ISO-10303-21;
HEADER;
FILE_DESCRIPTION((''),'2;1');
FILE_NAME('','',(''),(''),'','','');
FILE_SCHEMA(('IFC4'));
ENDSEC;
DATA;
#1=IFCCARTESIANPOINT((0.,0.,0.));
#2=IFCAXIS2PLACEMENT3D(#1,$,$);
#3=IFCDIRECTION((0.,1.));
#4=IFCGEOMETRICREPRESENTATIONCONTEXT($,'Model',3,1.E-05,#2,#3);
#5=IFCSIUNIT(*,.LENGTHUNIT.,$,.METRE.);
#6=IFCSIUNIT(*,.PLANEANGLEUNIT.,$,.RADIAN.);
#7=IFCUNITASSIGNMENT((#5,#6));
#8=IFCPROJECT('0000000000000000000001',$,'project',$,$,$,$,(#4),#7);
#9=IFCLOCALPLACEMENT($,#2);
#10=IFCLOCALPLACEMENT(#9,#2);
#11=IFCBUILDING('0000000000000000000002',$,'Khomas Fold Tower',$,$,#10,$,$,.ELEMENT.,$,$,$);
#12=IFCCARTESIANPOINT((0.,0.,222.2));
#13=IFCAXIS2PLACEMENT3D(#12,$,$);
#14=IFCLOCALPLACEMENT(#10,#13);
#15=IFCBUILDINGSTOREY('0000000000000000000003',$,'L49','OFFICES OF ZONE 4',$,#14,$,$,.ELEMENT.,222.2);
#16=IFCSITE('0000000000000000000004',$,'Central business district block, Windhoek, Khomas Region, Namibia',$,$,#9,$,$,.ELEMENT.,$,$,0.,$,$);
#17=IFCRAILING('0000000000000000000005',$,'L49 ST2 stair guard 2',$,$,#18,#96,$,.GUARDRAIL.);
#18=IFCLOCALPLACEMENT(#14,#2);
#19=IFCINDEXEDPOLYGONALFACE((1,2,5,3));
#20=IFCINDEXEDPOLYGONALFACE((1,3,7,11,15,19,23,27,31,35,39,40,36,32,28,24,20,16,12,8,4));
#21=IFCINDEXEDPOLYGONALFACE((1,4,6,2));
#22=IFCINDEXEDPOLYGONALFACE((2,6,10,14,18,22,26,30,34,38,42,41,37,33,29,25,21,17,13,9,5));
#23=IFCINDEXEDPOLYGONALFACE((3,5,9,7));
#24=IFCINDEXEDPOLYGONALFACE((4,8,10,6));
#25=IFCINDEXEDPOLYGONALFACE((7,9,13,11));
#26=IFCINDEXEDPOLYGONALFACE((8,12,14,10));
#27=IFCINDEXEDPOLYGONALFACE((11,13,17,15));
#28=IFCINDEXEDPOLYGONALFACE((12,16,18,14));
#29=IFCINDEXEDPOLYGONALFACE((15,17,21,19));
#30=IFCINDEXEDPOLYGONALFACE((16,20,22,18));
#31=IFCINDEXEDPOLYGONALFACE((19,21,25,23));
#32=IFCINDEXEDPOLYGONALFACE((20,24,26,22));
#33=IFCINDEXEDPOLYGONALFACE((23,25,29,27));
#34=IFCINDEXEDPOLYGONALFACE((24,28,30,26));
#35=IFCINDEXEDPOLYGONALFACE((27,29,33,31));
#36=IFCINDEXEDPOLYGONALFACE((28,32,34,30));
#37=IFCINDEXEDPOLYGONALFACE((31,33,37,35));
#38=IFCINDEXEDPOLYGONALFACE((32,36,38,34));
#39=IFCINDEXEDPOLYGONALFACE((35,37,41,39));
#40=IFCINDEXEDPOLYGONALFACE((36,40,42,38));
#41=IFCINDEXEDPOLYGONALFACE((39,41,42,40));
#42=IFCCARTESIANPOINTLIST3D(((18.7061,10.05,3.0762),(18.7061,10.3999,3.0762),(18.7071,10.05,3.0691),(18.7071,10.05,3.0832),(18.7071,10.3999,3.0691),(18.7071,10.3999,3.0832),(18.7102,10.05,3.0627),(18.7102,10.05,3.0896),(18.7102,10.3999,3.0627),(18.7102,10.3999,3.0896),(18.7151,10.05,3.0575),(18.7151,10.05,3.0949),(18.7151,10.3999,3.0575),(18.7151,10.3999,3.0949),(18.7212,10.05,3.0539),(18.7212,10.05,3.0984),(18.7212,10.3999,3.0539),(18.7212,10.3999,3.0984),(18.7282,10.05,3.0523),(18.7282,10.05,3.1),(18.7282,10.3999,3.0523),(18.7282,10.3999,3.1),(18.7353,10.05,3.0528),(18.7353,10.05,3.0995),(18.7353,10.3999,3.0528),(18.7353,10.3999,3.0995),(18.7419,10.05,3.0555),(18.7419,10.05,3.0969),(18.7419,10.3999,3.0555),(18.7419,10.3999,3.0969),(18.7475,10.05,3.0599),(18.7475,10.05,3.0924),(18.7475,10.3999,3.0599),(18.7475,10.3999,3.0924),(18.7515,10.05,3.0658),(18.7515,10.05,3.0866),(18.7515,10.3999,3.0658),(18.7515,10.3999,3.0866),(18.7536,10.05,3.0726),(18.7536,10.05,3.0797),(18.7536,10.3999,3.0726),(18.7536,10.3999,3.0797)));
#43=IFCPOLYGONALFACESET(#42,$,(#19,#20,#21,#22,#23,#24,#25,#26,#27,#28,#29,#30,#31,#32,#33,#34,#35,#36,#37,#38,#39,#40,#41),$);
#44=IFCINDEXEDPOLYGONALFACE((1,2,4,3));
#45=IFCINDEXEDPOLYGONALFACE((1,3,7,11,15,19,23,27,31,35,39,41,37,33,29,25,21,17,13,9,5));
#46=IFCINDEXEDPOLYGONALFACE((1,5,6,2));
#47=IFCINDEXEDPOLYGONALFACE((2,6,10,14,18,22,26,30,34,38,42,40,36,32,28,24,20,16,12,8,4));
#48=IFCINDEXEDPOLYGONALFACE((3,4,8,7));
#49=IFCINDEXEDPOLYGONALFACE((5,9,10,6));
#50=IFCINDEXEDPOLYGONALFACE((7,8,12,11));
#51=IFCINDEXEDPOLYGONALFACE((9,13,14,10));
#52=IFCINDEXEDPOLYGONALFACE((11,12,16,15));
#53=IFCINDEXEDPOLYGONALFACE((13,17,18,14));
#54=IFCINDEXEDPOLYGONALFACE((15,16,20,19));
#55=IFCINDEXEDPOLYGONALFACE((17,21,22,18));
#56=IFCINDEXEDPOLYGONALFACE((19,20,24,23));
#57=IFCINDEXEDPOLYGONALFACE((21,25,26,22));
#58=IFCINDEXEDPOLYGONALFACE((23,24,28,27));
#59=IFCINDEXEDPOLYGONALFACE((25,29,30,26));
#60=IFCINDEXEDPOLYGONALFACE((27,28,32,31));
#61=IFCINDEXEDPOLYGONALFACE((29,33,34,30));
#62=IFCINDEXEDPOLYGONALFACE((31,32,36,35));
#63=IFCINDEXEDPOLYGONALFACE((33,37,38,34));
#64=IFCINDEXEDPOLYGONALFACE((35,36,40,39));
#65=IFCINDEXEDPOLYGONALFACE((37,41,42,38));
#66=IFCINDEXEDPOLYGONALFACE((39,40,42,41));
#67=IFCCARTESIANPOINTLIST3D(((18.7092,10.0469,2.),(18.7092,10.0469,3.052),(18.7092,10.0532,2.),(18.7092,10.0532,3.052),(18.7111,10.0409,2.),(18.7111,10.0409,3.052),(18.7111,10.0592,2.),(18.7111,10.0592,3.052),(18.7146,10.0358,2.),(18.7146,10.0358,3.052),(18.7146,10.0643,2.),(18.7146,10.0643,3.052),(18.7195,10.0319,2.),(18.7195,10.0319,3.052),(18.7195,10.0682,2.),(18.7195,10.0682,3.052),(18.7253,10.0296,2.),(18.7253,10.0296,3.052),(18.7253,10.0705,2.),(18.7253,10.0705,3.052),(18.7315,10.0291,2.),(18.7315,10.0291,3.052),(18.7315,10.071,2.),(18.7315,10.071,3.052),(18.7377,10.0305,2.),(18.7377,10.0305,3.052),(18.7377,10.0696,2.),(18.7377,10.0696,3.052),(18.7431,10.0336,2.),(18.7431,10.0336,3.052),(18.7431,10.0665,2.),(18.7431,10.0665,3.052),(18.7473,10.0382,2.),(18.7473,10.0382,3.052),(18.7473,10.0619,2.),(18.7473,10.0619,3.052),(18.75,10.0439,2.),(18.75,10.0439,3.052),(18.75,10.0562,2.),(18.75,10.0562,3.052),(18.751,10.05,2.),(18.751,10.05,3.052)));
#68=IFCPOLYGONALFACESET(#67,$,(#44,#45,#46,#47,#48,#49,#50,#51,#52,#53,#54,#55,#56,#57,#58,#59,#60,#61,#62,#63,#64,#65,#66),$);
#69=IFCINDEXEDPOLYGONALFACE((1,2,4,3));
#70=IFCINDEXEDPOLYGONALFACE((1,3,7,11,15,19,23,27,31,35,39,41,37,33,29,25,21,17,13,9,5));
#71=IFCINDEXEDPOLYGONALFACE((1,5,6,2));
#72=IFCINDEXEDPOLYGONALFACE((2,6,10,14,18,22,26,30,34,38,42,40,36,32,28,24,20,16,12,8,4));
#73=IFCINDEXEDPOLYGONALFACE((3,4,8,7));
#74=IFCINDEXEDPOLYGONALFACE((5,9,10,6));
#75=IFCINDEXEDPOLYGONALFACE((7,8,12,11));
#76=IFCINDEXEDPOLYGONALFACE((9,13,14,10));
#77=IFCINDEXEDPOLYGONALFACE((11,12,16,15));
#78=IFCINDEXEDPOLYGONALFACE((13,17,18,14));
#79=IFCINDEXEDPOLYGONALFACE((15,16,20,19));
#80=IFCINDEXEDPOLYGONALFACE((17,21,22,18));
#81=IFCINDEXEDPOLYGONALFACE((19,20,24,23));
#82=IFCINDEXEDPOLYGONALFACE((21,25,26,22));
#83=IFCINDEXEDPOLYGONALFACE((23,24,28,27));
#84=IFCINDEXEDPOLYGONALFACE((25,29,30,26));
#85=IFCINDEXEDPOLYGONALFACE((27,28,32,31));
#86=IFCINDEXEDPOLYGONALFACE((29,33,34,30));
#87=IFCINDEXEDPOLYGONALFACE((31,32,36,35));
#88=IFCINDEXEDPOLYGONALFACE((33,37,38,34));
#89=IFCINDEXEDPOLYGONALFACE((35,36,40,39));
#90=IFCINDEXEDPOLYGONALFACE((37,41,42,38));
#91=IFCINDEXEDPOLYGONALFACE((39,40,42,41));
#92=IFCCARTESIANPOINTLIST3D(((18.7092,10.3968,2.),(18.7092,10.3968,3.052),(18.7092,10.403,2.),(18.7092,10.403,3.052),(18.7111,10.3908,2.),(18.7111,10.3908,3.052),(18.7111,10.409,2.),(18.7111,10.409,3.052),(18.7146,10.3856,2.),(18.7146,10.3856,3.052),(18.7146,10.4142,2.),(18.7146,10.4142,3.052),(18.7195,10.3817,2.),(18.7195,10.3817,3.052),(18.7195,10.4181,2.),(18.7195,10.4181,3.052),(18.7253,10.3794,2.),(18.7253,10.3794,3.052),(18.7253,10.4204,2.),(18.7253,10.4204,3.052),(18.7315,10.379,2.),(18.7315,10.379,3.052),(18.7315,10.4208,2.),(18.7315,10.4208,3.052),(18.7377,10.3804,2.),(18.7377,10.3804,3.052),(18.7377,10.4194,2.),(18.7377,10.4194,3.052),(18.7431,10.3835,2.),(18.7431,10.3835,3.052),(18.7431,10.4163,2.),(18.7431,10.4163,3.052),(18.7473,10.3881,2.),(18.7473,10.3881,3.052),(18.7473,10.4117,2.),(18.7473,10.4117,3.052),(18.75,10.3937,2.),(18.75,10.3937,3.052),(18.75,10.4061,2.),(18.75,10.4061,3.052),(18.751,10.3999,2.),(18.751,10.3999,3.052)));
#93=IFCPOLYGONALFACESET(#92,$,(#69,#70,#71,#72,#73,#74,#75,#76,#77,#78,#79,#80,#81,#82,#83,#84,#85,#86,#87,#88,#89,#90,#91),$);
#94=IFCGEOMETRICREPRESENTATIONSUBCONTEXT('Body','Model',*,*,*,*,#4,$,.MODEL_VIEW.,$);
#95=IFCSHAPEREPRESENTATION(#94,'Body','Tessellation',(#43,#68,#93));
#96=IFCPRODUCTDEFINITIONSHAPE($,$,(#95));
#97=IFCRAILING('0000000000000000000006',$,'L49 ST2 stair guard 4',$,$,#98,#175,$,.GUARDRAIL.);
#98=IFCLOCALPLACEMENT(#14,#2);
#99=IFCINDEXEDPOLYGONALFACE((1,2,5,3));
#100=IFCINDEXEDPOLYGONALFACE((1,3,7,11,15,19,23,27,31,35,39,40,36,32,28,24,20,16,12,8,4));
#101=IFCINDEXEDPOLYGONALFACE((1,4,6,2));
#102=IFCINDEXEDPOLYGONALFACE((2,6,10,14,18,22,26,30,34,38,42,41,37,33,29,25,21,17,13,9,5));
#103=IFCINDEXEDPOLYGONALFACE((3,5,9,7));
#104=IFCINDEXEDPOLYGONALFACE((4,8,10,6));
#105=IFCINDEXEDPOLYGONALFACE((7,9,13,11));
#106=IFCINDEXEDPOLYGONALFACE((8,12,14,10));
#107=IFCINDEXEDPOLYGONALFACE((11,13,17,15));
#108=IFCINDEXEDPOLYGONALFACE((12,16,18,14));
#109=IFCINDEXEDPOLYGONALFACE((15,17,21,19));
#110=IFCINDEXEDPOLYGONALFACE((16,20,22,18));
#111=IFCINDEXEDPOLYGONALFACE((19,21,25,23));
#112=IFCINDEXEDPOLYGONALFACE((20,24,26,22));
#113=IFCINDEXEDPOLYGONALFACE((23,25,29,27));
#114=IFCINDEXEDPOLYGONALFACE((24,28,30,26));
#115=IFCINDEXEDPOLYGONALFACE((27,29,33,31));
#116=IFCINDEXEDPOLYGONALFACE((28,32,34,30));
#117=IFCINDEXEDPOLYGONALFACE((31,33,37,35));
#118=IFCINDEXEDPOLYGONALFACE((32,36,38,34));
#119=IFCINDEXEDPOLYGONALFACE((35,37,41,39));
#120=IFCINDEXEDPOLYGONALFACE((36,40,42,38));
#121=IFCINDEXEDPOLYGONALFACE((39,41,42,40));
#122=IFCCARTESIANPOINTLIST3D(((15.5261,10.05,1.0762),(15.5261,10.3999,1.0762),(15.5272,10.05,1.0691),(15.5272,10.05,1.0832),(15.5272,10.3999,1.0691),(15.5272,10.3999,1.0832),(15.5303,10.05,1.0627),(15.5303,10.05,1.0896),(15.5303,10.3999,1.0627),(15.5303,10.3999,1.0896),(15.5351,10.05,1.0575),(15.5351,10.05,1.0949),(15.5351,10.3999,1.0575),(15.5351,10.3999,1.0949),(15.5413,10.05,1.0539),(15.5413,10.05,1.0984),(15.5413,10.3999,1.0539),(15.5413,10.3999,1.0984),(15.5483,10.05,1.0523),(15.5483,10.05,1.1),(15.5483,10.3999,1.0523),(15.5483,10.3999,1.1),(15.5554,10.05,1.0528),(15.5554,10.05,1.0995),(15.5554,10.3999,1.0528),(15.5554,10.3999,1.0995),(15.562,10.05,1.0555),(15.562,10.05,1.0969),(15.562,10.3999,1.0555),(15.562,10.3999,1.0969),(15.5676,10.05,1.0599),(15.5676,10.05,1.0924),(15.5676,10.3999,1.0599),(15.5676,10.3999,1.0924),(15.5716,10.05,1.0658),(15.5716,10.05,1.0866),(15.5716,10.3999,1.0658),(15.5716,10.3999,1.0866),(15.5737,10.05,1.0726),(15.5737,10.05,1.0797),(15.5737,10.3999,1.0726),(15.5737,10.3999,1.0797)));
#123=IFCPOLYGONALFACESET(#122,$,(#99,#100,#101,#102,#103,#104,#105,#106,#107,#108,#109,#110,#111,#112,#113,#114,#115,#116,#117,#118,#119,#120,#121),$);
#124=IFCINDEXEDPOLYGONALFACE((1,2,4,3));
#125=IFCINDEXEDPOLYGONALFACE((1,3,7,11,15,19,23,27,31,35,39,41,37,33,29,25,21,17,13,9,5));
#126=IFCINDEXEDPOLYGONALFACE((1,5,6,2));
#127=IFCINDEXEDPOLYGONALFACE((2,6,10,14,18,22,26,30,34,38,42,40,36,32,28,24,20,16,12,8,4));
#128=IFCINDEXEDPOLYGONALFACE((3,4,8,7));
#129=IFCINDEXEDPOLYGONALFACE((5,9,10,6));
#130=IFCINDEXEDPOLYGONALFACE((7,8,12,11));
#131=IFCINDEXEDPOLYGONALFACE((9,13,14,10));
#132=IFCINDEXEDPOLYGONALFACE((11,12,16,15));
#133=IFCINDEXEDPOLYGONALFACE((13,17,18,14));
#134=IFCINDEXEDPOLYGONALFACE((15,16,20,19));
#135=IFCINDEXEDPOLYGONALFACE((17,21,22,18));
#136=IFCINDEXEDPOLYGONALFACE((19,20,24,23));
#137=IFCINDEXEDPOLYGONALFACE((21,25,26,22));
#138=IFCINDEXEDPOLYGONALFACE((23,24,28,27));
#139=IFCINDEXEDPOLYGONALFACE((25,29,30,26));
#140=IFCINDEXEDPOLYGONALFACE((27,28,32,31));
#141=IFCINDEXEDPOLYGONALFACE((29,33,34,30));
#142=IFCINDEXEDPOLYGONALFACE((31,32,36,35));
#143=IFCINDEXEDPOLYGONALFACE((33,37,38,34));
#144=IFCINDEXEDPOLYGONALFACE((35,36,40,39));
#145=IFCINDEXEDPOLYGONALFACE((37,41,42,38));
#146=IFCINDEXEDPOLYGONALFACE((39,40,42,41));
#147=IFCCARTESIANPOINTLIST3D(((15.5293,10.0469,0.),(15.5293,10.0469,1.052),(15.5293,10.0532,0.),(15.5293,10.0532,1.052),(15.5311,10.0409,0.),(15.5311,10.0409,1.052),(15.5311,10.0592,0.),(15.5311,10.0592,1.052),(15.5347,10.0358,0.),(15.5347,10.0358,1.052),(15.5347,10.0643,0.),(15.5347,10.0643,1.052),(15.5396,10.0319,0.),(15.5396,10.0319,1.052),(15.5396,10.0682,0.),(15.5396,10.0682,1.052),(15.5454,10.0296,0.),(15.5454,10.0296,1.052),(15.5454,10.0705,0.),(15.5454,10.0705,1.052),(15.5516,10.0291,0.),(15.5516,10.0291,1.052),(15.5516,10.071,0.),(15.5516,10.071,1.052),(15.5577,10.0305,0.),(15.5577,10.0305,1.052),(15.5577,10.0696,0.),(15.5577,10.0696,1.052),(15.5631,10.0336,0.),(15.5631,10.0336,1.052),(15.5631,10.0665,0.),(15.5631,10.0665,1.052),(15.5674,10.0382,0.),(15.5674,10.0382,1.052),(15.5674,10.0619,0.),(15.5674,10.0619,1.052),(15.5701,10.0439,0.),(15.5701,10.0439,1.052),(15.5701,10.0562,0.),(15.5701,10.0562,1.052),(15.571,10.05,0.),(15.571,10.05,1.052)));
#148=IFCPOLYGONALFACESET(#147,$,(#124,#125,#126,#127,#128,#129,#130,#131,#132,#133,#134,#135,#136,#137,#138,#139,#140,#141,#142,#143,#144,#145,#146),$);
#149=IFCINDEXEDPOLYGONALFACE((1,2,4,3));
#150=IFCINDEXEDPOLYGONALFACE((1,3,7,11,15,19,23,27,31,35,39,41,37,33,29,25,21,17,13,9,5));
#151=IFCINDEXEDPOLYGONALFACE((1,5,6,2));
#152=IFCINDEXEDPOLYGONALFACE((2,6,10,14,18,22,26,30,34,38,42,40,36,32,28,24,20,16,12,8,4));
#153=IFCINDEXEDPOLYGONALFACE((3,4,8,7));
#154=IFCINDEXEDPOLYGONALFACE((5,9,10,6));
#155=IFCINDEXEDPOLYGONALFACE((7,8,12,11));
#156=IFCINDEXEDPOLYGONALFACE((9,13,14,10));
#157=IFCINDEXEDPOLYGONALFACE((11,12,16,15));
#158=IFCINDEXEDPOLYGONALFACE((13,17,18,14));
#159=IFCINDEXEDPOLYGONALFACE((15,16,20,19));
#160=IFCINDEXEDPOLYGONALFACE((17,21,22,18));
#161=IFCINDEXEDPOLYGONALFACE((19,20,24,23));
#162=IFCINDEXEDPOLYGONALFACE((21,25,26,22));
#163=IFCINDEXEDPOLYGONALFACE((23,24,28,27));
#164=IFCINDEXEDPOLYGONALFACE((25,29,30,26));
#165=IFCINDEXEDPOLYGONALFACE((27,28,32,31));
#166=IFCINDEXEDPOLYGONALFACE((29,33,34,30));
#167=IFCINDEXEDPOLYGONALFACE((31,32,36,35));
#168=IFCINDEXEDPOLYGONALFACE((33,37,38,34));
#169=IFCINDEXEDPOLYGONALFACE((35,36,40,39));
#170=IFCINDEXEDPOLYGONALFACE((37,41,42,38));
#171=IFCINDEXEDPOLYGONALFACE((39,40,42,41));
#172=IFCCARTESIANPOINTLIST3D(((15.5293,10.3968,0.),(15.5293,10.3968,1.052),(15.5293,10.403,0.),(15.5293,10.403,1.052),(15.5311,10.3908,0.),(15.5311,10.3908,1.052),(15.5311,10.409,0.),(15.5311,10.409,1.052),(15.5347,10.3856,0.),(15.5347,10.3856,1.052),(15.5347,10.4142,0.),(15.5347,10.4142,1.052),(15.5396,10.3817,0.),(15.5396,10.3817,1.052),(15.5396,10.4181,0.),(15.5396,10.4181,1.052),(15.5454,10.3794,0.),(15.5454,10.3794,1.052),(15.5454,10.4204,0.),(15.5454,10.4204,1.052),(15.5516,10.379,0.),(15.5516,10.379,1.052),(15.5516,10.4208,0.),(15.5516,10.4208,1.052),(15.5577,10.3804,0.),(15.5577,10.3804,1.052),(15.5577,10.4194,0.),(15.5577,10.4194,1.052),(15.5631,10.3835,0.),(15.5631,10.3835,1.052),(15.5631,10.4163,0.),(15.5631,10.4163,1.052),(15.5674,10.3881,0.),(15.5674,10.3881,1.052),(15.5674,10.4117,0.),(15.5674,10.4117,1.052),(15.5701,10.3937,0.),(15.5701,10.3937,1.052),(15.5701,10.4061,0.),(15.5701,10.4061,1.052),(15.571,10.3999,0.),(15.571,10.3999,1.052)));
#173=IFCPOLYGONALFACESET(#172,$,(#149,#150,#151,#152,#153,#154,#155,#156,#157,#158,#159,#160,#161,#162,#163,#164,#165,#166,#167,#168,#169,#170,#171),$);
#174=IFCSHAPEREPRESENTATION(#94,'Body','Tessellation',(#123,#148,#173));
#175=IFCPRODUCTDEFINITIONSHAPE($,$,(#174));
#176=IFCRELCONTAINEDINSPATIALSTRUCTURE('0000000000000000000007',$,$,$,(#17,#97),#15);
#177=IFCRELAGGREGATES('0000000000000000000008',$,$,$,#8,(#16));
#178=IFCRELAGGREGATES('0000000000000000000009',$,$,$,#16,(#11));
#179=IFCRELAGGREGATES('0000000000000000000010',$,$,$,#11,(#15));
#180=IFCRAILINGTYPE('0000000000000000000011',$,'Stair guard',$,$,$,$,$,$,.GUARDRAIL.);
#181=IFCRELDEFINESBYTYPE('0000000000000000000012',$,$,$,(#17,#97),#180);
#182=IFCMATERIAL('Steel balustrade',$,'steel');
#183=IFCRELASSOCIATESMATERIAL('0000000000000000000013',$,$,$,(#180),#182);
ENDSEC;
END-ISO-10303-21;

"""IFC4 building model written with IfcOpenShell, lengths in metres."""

from ifc_helpers import new_model, si_unit, direction, frame, origin, origin_2d, place, context, subcontext, project, spatial, circle, extrude, source, transform, mapped, material, type_object, element, save


model = new_model("IFC4")

# Units and contexts
model_context = context("Model", 3, precision=1e-05, world=origin(), true_north=direction((0.0, 1.0)))
body_context = subcontext(model_context, "Body", "Model", "MODEL_VIEW")
ifc_project = project(units=[si_unit("LENGTHUNIT", "METRE"), si_unit("PLANEANGLEUNIT", "RADIAN")], contexts=[model_context])

# Site, building, storey
site_placement = place(None, origin())
site = spatial("IfcSite", under=ifc_project, at=site_placement, Name="Central business district block, Windhoek, Khomas Region, Namibia", CompositionType="ELEMENT", RefElevation=0.0)
building_placement = place(site_placement, origin())
building = spatial("IfcBuilding", under=site, at=building_placement, Name="Khomas Fold Tower", CompositionType="ELEMENT")
storey_placement = place(building_placement, frame((0.0, 0.0, 222.2)))
storey = spatial("IfcBuildingStorey", under=building, at=storey_placement, Name="L49", Description="OFFICES OF ZONE 4", CompositionType="ELEMENT", Elevation=222.2)

# Railings
ifc_material_1 = material(Name="Steel balustrade", Category="steel")
railing_type_1 = type_object("IfcRailingType", Name="Stair guard", PredefinedType="GUARDRAIL", material=ifc_material_1)
shared_shape_1 = source(origin(), body_context, "Body", "SweptSolid", [
    extrude(circle(Radius=0.0239, at=origin_2d()), frame((0.0, 0.0, 1.0762), z_axis=(0.0, 1.0, 0.0), x_axis=(-1.0, 0.0, 0.0)), (0.0, 0.0, 1.0), 0.3499),
    extrude(circle(Radius=0.021, at=origin_2d()), origin(), (0.0, 0.0, 1.0), 1.052),
    extrude(circle(Radius=0.021, at=origin_2d()), frame((0.0, 0.3499, 0.0)), (0.0, 0.0, 1.0), 1.052),
])
for number, where, name in (
    (1, (18.73, 10.05, 2.0), "L49 ST2 stair guard 2"),
    (2, (15.55, 10.05, 0.0), "L49 ST2 stair guard 4"),
):
    element("IfcRailing", number, at=place(storey_placement, frame(where)), inside=storey, type_object=railing_type_1, Name=name, PredefinedType="GUARDRAIL", context=body_context, shape_type="MappedRepresentation", body=[
        mapped(shared_shape_1, transform((0.0, 0.0, 0.0))),
    ])

save(model, "model.ifc")
